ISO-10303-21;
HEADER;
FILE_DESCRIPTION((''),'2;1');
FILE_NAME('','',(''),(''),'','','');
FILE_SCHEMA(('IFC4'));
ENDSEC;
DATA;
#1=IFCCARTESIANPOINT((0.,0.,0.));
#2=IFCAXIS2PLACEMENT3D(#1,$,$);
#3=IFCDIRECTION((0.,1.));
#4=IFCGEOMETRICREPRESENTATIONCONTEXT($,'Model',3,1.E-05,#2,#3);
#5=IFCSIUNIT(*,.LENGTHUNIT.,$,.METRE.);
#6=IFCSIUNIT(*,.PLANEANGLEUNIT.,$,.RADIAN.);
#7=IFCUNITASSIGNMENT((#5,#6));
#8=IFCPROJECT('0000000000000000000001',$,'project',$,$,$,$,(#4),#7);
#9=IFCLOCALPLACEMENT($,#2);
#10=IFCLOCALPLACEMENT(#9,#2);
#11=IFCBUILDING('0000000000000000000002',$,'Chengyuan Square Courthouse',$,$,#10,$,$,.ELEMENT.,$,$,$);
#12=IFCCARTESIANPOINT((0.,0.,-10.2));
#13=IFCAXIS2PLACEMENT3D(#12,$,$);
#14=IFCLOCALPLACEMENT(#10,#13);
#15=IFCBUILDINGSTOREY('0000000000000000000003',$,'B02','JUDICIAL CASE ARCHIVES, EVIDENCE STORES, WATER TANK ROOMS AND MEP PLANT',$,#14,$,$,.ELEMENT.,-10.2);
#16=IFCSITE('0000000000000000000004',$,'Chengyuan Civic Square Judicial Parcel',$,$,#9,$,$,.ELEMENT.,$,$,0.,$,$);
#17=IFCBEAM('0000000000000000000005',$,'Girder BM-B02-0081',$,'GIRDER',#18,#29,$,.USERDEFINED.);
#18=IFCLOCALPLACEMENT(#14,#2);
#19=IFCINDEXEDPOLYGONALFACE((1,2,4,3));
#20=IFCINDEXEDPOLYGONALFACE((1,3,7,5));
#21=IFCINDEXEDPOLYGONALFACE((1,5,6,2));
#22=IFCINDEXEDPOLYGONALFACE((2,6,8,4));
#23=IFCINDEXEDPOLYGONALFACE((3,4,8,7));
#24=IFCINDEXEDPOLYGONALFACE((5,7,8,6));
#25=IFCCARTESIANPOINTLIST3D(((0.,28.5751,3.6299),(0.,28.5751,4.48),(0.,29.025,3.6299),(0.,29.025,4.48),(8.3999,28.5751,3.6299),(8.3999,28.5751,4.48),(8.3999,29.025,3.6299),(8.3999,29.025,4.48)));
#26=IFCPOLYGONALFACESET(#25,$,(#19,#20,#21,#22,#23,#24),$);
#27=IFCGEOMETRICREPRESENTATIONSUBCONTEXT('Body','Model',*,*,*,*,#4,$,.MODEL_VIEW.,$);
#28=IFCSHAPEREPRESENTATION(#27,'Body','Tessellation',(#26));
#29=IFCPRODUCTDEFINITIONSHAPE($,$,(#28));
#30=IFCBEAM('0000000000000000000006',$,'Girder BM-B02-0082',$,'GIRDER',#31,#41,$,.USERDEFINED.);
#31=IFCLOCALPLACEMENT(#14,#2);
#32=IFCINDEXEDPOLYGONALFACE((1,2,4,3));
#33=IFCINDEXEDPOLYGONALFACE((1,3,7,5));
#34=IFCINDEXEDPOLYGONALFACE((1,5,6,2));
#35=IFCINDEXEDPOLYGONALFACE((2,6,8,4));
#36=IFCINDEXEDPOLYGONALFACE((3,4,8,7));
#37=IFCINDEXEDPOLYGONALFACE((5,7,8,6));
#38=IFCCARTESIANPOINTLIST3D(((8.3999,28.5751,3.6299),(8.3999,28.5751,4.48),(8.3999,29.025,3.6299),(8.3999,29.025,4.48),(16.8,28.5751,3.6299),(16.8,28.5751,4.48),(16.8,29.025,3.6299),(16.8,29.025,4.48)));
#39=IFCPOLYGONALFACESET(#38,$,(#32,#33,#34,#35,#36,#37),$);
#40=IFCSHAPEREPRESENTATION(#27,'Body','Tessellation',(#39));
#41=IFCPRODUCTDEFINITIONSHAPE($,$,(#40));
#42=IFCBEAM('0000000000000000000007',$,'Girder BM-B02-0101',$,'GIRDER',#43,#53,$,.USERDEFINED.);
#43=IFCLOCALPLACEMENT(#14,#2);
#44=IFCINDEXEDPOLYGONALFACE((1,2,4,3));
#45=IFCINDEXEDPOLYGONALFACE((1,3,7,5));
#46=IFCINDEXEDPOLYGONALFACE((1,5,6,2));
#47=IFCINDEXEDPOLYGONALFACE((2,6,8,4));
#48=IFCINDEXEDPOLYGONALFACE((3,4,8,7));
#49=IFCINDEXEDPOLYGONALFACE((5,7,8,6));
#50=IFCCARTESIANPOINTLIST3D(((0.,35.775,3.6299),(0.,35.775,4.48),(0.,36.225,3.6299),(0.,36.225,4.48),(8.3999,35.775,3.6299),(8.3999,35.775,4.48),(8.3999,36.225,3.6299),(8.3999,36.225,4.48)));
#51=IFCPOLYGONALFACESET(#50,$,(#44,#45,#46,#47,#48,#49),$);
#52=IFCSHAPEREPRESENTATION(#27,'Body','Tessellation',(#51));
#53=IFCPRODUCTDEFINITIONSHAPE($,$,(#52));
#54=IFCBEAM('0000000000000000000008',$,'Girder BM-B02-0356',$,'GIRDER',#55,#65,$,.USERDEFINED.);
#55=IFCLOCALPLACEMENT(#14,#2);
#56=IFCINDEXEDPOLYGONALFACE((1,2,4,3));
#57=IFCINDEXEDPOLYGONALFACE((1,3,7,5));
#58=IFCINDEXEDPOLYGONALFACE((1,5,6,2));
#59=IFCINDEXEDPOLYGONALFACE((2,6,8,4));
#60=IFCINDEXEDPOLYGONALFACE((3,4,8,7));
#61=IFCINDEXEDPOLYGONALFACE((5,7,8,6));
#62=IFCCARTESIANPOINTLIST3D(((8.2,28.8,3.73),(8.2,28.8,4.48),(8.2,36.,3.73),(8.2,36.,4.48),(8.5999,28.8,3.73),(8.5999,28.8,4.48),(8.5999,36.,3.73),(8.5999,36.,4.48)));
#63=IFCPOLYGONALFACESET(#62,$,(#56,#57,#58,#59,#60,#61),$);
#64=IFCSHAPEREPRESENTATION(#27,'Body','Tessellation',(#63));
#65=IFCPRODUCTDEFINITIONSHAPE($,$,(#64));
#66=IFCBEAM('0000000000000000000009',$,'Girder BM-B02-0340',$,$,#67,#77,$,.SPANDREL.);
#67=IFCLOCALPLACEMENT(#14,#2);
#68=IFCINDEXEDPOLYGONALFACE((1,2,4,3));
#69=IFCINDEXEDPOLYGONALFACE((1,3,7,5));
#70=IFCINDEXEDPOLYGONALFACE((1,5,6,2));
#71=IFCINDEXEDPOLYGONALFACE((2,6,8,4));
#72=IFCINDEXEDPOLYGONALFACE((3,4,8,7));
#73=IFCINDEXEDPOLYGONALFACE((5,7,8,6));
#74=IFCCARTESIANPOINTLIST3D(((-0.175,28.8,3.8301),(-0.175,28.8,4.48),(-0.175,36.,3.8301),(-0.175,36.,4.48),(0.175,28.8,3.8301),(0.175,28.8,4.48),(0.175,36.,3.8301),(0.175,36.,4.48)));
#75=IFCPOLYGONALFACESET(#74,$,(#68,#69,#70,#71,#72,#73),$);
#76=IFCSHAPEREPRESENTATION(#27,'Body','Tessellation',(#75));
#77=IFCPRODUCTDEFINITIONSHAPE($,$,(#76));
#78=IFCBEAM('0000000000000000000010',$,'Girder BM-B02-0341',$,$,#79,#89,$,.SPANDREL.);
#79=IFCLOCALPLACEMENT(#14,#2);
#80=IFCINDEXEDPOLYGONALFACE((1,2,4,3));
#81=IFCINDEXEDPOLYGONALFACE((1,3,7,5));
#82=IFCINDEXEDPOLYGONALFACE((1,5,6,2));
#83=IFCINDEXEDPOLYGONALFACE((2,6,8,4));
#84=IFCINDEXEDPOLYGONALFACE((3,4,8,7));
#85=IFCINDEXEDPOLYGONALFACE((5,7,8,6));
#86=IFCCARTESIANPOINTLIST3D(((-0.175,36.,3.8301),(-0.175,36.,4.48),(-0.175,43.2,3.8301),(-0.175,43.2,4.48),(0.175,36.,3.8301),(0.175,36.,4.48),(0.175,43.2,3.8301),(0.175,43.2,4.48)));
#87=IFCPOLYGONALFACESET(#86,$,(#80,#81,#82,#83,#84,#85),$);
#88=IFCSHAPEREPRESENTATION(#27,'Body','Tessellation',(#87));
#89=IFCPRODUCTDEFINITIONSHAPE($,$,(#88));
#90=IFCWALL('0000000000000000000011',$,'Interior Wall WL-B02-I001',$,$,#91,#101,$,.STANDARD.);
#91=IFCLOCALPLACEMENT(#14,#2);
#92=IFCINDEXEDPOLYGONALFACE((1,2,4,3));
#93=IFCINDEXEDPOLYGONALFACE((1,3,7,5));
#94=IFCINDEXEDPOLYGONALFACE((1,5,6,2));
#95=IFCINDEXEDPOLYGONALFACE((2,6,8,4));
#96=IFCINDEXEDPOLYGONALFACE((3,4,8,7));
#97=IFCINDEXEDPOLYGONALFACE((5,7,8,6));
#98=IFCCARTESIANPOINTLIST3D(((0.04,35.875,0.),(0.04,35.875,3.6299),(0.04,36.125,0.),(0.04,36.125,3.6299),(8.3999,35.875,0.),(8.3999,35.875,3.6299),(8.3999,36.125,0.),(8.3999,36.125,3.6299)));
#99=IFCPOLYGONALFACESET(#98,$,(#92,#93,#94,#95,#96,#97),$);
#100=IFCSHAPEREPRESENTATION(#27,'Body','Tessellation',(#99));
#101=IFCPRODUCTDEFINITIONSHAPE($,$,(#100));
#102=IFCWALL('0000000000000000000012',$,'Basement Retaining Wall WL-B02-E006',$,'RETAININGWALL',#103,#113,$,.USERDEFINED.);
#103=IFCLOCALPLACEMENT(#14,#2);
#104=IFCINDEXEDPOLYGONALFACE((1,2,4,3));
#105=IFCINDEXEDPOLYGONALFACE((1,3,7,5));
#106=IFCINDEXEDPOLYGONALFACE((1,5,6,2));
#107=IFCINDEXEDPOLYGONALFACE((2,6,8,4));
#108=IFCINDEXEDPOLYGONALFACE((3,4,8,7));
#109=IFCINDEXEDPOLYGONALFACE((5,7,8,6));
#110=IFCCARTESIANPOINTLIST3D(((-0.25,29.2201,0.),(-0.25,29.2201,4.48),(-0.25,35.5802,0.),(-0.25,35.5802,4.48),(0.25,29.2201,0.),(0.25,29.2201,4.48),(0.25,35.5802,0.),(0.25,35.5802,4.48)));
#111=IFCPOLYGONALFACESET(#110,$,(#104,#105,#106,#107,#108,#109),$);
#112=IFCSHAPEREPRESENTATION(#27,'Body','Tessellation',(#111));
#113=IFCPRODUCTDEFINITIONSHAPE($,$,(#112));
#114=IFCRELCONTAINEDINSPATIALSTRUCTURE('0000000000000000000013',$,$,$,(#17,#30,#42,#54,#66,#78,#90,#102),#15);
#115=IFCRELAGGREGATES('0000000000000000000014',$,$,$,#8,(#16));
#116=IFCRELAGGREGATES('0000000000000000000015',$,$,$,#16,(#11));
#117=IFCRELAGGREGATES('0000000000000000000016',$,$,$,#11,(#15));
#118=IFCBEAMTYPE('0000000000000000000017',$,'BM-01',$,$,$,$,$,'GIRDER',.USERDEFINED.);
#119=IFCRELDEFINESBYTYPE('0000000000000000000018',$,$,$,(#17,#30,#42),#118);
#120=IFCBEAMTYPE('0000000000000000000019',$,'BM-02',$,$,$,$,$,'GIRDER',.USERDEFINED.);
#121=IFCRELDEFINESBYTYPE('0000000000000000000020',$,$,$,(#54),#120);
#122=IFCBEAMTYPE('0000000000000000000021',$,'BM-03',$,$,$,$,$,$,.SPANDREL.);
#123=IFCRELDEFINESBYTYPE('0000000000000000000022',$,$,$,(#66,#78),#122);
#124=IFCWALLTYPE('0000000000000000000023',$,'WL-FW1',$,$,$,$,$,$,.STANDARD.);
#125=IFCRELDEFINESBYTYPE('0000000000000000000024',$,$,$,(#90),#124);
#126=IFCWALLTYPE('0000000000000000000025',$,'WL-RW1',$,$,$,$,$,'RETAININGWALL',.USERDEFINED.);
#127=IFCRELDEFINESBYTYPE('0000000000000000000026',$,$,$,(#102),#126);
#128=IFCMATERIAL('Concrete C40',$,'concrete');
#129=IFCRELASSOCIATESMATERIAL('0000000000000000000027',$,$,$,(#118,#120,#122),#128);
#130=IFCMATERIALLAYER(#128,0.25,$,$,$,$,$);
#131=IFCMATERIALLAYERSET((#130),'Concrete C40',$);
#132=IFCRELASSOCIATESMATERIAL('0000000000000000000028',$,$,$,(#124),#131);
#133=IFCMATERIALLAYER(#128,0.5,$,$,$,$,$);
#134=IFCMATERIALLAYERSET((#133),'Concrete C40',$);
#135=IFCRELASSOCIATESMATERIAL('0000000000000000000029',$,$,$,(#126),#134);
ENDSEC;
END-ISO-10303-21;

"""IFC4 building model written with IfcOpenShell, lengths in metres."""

from ifc_helpers import new_model, si_unit, direction, frame, frame_2d, origin, origin_2d, place, context, subcontext, project, spatial, rectangle, extrude, material, layer, layer_set, material_profile, profile_set, type_object, element, save


model = new_model("IFC4")

# Units and contexts
model_context = context("Model", 3, precision=1e-05, world=origin(), true_north=direction((0.0, 1.0)))
body_context = subcontext(model_context, "Body", "Model", "MODEL_VIEW")
ifc_project = project(units=[si_unit("LENGTHUNIT", "METRE"), si_unit("PLANEANGLEUNIT", "RADIAN")], contexts=[model_context])

# Site, building, storey
site_placement = place(None, origin())
site = spatial("IfcSite", under=ifc_project, at=site_placement, Name="Chengyuan Civic Square Judicial Parcel", CompositionType="ELEMENT", RefElevation=0.0)
building_placement = place(site_placement, origin())
building = spatial("IfcBuilding", under=site, at=building_placement, Name="Chengyuan Square Courthouse", CompositionType="ELEMENT")
storey_placement = place(building_placement, frame((0.0, 0.0, -10.2)))
storey = spatial("IfcBuildingStorey", under=building, at=storey_placement, Name="B02", Description="JUDICIAL CASE ARCHIVES, EVIDENCE STORES, WATER TANK ROOMS AND MEP PLANT", CompositionType="ELEMENT", Elevation=-10.2)

# Shared definitions
ifc_material_1 = material(Name="Concrete C40", Category="concrete")

# Beams
ifc_material_profile_1 = material_profile(ifc_material_1, rectangle(XDim=0.45, YDim=0.8501, at=origin_2d()), Name="RC-BM-450x850")
ifc_profile_set_1 = profile_set([ifc_material_profile_1], Name="Concrete C40")
beam_type_1 = type_object("IfcBeamType", Name="BM-01", ElementType="GIRDER", PredefinedType="USERDEFINED", material=ifc_profile_set_1)
beam_1_placement = place(storey_placement, frame((0.0, 28.8, 4.0549), z_axis=(1.0, 0.0, 0.0), x_axis=(0.0, 1.0, 0.0)))
element("IfcBeam", 1, at=beam_1_placement, inside=storey, type_object=beam_type_1, Name="Girder BM-B02-0081", ObjectType="GIRDER", PredefinedType="USERDEFINED", context=body_context, shape_type="SweptSolid", body=[
    extrude(rectangle(XDim=0.45, YDim=0.8501, at=origin_2d()), origin(), (0.0, 0.0, 1.0), 8.3999),
])
beam_2_placement = place(storey_placement, frame((8.3999, 28.8, 4.0549), z_axis=(1.0, 0.0, 0.0), x_axis=(0.0, 1.0, 0.0)))
element("IfcBeam", 2, at=beam_2_placement, inside=storey, type_object=beam_type_1, Name="Girder BM-B02-0082", ObjectType="GIRDER", PredefinedType="USERDEFINED", context=body_context, shape_type="SweptSolid", body=[
    extrude(rectangle(XDim=0.45, YDim=0.8501, at=origin_2d()), origin(), (0.0, 0.0, 1.0), 8.4001),
])
beam_3_placement = place(storey_placement, frame((0.0, 36.0, 4.0549), z_axis=(1.0, 0.0, 0.0), x_axis=(0.0, 1.0, 0.0)))
element("IfcBeam", 3, at=beam_3_placement, inside=storey, type_object=beam_type_1, Name="Girder BM-B02-0101", ObjectType="GIRDER", PredefinedType="USERDEFINED", context=body_context, shape_type="SweptSolid", body=[
    extrude(rectangle(XDim=0.45, YDim=0.8501, at=origin_2d()), origin(), (0.0, 0.0, 1.0), 8.3999),
])
ifc_material_profile_2 = material_profile(ifc_material_1, rectangle(XDim=0.3999, YDim=0.75, at=origin_2d()), Name="RC-BM-400x750")
ifc_profile_set_2 = profile_set([ifc_material_profile_2], Name="Concrete C40")
beam_type_2 = type_object("IfcBeamType", Name="BM-02", ElementType="GIRDER", PredefinedType="USERDEFINED", material=ifc_profile_set_2)
beam_4_placement = place(storey_placement, frame((8.3999, 28.8, 4.105), z_axis=(0.0, 1.0, 0.0), x_axis=(-1.0, 0.0, 0.0)))
element("IfcBeam", 4, at=beam_4_placement, inside=storey, type_object=beam_type_2, Name="Girder BM-B02-0356", ObjectType="GIRDER", PredefinedType="USERDEFINED", context=body_context, shape_type="SweptSolid", body=[
    extrude(rectangle(XDim=0.3999, YDim=0.75, at=origin_2d()), origin(), (0.0, 0.0, 1.0), 7.2),
])
ifc_material_profile_3 = material_profile(ifc_material_1, rectangle(XDim=0.3501, YDim=0.6499, at=origin_2d()), Name="RC-BM-350x650")
ifc_profile_set_3 = profile_set([ifc_material_profile_3], Name="Concrete C40")
beam_type_3 = type_object("IfcBeamType", Name="BM-03", PredefinedType="SPANDREL", material=ifc_profile_set_3)
for number, where, z_axis, x_axis, name in (
    (5, (0.0, 28.8, 4.155), (0.0, 1.0, 0.0), (-1.0, 0.0, 0.0), "Girder BM-B02-0340"),
    (6, (0.0, 36.0, 4.155), (0.0, 1.0, 0.0), (-1.0, 0.0, 0.0), "Girder BM-B02-0341"),
):
    element("IfcBeam", number, at=place(storey_placement, frame(where, z_axis=z_axis, x_axis=x_axis)), inside=storey, type_object=beam_type_3, Name=name, PredefinedType="SPANDREL", context=body_context, shape_type="SweptSolid", body=[
        extrude(rectangle(XDim=0.3501, YDim=0.6499, at=origin_2d()), origin(), (0.0, 0.0, 1.0), 7.2),
    ])

# Walls
ifc_layer_1 = layer(ifc_material_1, 0.25)
ifc_layer_set_1 = layer_set([ifc_layer_1], Name="Concrete C40")
wall_type_1 = type_object("IfcWallType", Name="WL-FW1", PredefinedType="STANDARD", material=ifc_layer_set_1)
wall_1_placement = place(storey_placement, frame((0.04, 36.0, 0.0), z_axis=(0.0, 0.0, 1.0), x_axis=(1.0, 0.0, 0.0)))
element("IfcWall", 7, at=wall_1_placement, inside=storey, type_object=wall_type_1, Name="Interior Wall WL-B02-I001", PredefinedType="STANDARD", context=body_context, shape_type="SweptSolid", body=[
    extrude(rectangle(XDim=8.3599, YDim=0.25, at=frame_2d((4.1799, 0.0))), origin(), (0.0, 0.0, 1.0), 3.6299),
])
ifc_layer_2 = layer(ifc_material_1, 0.5)
ifc_layer_set_2 = layer_set([ifc_layer_2], Name="Concrete C40")
wall_type_2 = type_object("IfcWallType", Name="WL-RW1", ElementType="RETAININGWALL", PredefinedType="USERDEFINED", material=ifc_layer_set_2)
wall_2_placement = place(storey_placement, frame((0.0, 29.22, 0.0), z_axis=(0.0, 0.0, 1.0), x_axis=(0.0, 1.0, 0.0)))
element("IfcWall", 8, at=wall_2_placement, inside=storey, type_object=wall_type_2, Name="Basement Retaining Wall WL-B02-E006", ObjectType="RETAININGWALL", PredefinedType="USERDEFINED", context=body_context, shape_type="SweptSolid", body=[
    extrude(rectangle(XDim=6.3601, YDim=0.5, at=frame_2d((3.1802, 0.0))), origin(), (0.0, 0.0, 1.0), 4.48),
])

save(model, "model.ifc")
